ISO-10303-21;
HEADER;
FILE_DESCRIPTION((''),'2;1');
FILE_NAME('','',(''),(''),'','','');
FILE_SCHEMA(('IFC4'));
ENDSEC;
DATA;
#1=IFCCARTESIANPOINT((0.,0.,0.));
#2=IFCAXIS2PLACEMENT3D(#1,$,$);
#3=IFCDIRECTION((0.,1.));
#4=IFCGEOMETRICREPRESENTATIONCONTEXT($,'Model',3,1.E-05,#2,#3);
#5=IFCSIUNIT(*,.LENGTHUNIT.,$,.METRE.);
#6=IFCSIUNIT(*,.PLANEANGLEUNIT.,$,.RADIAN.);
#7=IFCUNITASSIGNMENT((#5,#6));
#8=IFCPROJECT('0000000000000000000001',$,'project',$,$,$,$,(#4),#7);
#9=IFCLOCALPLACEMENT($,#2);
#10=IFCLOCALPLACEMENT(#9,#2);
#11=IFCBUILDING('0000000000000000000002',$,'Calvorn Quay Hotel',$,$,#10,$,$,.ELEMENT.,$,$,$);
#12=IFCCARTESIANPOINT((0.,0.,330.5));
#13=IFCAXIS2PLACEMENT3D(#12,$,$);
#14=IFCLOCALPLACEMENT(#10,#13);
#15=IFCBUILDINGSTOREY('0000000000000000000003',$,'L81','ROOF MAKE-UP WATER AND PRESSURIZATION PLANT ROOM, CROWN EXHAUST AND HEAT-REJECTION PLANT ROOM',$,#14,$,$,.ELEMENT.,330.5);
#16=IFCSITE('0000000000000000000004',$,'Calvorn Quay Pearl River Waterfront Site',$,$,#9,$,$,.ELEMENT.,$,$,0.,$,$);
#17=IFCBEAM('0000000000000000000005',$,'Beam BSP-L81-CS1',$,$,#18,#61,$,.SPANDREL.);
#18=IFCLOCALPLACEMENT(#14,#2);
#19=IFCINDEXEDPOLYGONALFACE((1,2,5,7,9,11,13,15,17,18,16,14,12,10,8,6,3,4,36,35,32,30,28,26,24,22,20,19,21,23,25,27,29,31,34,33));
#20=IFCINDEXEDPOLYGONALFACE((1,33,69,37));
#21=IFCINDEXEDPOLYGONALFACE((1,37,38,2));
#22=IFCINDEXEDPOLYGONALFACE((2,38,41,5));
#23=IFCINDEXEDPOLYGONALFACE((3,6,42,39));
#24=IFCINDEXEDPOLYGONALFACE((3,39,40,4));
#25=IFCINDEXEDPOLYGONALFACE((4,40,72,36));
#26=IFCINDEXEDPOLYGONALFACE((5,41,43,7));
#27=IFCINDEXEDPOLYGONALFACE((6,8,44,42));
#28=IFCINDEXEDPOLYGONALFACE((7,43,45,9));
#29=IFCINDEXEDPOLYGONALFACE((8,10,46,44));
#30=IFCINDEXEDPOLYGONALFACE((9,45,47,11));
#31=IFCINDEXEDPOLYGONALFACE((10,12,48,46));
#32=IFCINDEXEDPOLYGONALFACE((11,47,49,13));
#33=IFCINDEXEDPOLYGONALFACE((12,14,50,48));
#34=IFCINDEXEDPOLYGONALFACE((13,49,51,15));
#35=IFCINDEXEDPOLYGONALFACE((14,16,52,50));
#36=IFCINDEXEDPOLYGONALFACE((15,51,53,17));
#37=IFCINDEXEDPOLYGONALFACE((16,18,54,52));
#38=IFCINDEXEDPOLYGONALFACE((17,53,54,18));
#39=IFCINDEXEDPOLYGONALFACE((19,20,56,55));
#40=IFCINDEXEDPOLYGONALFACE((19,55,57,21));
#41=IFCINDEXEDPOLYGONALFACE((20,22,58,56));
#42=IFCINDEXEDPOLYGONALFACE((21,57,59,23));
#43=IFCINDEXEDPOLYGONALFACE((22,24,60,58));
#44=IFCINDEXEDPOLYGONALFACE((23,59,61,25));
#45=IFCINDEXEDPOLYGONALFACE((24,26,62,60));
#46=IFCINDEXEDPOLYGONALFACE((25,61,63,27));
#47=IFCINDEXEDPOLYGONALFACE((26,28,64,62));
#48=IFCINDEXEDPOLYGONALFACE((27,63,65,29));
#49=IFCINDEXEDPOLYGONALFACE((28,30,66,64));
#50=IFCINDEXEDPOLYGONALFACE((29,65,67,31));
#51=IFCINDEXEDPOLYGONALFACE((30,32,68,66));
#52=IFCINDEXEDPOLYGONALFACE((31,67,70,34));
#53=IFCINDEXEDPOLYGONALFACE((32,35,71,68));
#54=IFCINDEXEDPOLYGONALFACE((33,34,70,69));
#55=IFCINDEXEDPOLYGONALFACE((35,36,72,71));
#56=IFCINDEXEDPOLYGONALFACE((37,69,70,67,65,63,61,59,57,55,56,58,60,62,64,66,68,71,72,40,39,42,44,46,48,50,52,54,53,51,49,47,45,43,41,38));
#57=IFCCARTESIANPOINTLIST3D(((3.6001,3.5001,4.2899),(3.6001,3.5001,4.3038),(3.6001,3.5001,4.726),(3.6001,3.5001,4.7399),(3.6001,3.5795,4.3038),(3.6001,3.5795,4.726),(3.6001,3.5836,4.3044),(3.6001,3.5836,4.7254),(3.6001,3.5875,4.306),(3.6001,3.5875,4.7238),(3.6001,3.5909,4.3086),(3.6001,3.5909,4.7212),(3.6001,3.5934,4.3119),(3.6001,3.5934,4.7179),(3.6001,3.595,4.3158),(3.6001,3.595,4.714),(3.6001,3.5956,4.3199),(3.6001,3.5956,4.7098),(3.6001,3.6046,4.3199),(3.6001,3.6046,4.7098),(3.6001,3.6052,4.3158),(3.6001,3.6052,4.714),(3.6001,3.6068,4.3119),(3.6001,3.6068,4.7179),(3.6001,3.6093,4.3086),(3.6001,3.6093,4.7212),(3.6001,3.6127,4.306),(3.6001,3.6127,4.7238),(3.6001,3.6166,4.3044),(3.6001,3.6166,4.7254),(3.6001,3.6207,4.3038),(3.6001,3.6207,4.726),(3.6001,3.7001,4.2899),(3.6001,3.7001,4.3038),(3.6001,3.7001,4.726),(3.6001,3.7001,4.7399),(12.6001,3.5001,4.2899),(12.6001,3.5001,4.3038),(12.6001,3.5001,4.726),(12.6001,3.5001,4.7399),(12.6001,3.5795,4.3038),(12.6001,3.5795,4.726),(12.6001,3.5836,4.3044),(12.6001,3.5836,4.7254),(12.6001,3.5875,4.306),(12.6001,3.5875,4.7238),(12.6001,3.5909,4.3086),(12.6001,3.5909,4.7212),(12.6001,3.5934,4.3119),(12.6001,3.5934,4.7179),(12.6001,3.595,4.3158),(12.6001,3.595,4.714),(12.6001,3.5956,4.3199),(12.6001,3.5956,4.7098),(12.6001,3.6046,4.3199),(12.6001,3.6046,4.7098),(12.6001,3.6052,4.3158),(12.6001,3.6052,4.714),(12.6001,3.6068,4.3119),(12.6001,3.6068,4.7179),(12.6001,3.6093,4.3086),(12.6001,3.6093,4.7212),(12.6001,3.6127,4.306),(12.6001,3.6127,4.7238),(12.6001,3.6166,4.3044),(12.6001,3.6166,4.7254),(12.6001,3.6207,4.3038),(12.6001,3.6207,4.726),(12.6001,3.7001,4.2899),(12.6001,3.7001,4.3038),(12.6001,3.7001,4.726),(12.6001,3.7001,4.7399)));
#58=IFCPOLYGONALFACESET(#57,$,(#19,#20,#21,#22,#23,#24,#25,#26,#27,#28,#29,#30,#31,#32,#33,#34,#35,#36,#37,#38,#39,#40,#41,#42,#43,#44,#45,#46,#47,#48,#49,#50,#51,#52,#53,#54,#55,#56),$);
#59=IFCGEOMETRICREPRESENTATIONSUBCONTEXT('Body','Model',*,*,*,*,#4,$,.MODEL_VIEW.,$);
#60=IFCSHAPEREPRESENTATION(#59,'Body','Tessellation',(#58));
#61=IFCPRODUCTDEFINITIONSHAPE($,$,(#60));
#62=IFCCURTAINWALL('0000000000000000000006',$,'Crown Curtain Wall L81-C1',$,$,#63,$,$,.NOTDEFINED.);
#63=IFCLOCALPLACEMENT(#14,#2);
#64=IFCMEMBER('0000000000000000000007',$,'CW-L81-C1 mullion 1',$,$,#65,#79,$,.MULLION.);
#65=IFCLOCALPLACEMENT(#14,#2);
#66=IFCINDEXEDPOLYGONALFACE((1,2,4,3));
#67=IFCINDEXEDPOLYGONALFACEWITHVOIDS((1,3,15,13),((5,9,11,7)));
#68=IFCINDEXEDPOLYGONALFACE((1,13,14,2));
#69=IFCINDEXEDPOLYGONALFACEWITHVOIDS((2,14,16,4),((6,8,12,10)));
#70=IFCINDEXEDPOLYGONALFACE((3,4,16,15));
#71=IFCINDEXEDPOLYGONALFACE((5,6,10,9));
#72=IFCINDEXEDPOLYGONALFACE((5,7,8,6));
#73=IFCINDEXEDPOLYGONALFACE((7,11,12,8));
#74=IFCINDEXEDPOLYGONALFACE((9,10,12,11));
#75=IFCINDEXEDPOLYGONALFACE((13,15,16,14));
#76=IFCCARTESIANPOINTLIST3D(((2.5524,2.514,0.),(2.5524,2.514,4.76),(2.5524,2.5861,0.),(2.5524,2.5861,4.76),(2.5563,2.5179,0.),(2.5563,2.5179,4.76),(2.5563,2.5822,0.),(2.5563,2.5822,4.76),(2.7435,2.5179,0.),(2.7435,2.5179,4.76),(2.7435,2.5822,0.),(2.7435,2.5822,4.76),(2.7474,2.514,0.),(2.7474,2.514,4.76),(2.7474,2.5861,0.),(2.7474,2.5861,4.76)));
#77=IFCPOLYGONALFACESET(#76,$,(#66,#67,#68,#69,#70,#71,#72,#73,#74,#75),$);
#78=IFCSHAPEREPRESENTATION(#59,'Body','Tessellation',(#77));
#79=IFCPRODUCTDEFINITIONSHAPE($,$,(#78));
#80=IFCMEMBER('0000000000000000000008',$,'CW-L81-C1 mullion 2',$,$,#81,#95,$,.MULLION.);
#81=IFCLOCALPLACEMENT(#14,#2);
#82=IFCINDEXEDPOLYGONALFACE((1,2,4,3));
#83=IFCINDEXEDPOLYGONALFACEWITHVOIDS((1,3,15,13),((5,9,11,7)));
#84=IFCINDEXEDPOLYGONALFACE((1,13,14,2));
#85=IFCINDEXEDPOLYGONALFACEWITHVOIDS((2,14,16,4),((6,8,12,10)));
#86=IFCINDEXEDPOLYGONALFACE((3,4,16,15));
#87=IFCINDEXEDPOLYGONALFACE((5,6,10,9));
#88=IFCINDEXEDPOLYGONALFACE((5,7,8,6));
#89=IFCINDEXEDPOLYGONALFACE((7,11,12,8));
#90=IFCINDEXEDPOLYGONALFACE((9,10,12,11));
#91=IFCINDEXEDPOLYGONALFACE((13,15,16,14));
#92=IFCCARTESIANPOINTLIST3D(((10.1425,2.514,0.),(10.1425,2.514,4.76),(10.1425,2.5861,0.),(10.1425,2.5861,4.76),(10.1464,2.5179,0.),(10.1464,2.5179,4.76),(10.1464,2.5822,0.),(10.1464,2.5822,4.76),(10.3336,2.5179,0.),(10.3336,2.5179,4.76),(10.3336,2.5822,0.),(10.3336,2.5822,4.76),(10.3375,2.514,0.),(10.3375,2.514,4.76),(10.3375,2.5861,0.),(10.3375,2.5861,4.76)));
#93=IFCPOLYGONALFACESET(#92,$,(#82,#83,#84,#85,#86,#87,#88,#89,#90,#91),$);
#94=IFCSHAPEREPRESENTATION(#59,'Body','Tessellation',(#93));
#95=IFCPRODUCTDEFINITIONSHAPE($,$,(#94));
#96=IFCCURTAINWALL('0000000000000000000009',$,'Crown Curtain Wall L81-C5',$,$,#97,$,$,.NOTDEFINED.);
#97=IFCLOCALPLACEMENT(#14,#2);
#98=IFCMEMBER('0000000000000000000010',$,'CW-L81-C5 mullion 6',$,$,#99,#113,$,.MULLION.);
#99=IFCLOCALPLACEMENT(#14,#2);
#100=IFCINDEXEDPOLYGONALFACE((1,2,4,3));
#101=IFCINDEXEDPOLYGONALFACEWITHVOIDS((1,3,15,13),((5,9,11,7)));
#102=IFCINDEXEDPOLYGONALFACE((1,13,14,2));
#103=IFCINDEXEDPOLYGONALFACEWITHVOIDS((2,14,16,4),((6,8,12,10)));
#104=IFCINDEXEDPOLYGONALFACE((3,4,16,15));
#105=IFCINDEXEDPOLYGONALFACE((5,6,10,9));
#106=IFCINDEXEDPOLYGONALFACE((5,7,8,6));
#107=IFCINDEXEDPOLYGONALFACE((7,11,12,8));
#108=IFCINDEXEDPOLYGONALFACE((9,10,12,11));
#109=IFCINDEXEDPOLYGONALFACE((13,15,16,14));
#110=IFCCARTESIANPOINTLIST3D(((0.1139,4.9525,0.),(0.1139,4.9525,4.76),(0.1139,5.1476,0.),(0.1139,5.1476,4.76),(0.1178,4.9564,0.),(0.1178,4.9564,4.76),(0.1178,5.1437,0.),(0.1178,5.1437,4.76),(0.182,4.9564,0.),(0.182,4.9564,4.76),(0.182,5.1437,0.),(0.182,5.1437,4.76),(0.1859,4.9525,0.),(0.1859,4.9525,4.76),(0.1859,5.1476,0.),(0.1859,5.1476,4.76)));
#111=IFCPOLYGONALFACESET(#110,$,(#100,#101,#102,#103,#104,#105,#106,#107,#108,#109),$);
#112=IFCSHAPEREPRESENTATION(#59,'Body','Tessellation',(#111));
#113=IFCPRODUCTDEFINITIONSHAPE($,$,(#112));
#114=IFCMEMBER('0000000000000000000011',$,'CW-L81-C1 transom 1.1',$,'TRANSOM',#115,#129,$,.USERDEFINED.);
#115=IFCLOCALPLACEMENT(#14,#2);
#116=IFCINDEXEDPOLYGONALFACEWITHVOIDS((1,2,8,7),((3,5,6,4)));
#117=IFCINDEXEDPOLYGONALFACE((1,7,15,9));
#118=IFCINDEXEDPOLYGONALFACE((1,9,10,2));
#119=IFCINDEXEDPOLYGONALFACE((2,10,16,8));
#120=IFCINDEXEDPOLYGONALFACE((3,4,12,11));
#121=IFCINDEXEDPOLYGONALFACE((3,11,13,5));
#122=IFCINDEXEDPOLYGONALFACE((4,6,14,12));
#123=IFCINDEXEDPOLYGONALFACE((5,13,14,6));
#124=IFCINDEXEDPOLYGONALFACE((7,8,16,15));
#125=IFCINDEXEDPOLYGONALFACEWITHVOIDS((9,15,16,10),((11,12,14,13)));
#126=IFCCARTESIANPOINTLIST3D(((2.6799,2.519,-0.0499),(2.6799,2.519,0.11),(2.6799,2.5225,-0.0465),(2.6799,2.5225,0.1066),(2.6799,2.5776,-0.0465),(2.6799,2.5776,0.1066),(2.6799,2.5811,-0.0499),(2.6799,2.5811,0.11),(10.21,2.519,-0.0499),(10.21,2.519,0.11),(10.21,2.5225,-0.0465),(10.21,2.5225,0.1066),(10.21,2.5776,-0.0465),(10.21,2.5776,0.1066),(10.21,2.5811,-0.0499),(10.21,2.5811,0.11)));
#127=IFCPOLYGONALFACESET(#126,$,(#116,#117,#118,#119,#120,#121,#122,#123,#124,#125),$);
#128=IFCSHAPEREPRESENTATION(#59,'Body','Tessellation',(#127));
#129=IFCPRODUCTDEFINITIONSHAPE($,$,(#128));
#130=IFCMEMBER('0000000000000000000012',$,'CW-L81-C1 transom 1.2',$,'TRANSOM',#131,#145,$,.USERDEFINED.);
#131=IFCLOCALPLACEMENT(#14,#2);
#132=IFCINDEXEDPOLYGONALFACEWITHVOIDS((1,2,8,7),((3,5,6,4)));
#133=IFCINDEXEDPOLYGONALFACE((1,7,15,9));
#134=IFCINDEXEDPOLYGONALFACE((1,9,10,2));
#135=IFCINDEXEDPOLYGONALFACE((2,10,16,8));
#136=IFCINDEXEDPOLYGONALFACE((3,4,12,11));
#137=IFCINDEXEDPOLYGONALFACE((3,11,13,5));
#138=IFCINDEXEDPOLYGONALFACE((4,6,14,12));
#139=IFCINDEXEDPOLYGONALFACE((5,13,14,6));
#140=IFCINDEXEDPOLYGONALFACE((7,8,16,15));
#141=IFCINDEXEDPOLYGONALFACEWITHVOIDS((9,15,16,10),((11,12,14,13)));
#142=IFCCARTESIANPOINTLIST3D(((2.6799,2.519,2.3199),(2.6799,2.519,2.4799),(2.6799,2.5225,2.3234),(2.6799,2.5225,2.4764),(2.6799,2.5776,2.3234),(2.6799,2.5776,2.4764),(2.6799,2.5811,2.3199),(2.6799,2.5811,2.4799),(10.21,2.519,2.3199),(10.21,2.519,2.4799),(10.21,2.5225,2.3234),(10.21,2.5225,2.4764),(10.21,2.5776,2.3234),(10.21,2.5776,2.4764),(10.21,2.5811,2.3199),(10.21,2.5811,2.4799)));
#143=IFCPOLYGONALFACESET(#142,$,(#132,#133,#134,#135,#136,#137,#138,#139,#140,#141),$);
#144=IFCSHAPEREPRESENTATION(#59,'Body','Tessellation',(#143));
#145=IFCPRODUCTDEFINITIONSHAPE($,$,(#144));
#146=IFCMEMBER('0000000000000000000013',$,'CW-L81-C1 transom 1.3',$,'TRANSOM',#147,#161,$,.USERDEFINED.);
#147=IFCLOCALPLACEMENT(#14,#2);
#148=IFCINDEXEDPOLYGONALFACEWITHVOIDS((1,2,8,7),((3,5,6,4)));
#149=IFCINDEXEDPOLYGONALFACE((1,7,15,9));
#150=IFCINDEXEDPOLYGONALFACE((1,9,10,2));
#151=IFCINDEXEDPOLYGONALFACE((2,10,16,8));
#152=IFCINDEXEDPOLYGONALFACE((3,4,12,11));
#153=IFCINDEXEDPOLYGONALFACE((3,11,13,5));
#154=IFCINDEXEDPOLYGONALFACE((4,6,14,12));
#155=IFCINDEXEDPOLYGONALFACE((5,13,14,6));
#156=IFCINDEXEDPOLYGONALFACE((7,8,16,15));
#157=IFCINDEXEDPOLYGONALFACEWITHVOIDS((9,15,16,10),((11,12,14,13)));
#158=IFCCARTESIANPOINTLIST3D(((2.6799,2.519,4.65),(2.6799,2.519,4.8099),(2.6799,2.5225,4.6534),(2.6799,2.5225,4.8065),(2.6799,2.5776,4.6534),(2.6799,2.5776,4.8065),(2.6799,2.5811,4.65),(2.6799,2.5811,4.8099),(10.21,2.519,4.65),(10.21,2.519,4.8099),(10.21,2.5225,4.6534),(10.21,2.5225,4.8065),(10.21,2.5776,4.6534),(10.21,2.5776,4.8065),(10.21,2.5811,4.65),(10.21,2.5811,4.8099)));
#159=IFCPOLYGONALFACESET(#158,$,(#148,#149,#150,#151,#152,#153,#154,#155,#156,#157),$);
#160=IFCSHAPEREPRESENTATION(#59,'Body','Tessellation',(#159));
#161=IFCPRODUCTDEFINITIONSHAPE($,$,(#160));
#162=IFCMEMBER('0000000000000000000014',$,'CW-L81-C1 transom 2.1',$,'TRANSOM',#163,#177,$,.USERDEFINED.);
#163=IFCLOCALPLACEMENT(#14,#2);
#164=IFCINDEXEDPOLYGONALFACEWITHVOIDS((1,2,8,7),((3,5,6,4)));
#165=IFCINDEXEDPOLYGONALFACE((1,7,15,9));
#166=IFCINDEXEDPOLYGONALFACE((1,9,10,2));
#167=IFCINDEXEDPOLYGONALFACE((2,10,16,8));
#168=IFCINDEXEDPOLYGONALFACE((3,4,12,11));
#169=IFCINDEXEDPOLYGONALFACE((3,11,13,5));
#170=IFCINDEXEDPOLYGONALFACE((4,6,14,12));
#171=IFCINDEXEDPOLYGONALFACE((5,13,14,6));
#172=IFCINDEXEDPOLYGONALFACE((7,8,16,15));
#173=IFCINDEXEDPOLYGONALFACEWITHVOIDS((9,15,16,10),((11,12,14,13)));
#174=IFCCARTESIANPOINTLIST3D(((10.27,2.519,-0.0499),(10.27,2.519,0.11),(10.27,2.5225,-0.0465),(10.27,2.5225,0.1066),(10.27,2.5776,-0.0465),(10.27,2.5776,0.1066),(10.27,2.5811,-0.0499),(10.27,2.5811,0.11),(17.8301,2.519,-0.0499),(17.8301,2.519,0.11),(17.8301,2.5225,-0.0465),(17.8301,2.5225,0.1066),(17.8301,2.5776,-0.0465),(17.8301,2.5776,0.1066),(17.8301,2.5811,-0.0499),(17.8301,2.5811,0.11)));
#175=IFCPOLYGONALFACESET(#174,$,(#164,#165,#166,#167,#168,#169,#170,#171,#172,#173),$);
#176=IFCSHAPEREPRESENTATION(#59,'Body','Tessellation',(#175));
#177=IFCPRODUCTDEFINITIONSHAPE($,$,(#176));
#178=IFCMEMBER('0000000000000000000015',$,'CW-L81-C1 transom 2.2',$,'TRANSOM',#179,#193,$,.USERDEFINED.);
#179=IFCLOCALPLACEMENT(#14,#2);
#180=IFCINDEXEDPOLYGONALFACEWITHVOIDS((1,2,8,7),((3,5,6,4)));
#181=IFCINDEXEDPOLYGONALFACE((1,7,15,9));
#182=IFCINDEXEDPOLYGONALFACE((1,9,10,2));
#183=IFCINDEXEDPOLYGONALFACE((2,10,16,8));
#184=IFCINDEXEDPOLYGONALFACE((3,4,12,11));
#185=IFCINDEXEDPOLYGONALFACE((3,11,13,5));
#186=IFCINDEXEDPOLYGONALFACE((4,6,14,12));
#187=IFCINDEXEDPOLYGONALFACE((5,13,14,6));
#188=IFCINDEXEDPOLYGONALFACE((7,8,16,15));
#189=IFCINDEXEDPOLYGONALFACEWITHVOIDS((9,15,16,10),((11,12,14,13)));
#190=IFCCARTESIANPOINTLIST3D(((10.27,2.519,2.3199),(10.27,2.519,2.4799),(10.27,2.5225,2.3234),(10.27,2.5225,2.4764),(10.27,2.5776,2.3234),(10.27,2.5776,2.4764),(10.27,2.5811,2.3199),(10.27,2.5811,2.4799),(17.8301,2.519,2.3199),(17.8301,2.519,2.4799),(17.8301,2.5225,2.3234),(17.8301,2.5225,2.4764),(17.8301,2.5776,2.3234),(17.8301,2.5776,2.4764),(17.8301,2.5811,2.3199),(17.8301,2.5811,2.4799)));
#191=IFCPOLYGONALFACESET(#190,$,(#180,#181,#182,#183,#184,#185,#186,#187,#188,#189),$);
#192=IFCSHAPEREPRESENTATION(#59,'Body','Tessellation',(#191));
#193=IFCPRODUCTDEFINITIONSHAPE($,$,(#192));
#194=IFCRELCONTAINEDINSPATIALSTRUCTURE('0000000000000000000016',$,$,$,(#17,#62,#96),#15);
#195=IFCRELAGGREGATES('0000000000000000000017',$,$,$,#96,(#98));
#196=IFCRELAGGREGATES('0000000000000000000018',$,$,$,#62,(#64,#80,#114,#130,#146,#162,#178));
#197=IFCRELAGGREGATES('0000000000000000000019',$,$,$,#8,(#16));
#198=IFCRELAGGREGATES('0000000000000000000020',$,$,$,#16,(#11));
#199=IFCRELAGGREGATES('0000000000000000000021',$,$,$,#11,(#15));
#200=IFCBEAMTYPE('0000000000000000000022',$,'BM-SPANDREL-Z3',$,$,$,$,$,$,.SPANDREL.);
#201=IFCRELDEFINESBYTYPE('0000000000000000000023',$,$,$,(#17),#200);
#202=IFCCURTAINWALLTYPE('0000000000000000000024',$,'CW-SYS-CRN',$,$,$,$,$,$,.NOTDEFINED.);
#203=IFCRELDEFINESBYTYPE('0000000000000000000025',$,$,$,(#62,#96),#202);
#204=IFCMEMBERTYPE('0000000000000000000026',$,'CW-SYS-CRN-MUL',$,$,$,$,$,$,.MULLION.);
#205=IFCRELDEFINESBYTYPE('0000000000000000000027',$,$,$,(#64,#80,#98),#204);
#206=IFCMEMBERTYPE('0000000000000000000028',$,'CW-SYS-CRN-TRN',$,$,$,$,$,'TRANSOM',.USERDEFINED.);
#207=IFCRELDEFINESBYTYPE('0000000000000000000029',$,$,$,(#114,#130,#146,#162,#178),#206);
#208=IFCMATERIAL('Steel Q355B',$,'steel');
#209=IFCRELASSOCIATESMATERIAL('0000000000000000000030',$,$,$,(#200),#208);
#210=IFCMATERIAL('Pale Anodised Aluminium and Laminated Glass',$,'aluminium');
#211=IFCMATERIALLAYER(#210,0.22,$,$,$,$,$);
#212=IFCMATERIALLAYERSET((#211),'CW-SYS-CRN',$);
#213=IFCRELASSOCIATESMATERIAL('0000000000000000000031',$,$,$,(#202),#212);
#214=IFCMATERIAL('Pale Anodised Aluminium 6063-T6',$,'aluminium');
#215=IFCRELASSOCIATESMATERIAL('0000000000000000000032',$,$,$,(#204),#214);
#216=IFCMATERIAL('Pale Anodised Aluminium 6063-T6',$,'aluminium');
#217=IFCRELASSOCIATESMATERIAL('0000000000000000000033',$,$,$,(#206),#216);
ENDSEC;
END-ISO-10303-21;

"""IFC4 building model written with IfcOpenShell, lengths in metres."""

from ifc_helpers import new_model, si_unit, direction, frame, origin, origin_2d, place, context, subcontext, project, spatial, hollow_rectangle, i_section, extrude, material, layer, layer_set, material_profile, profile_set, type_object, element, aggregate, save


model = new_model("IFC4")

# Units and contexts
model_context = context("Model", 3, precision=1e-05, world=origin(), true_north=direction((0.0, 1.0)))
body_context = subcontext(model_context, "Body", "Model", "MODEL_VIEW")
ifc_project = project(units=[si_unit("LENGTHUNIT", "METRE"), si_unit("PLANEANGLEUNIT", "RADIAN")], contexts=[model_context])

# Site, building, storey
site_placement = place(None, origin())
site = spatial("IfcSite", under=ifc_project, at=site_placement, Name="Calvorn Quay Pearl River Waterfront Site", CompositionType="ELEMENT", RefElevation=0.0)
building_placement = place(site_placement, origin())
building = spatial("IfcBuilding", under=site, at=building_placement, Name="Calvorn Quay Hotel", CompositionType="ELEMENT")
storey_placement = place(building_placement, frame((0.0, 0.0, 330.5)))
storey = spatial("IfcBuildingStorey", under=building, at=storey_placement, Name="L81", Description="ROOF MAKE-UP WATER AND PRESSURIZATION PLANT ROOM, CROWN EXHAUST AND HEAT-REJECTION PLANT ROOM", CompositionType="ELEMENT", Elevation=330.5)

# Beam
ifc_material_1 = material(Name="Steel Q355B", Category="steel")
ifc_material_profile_1 = material_profile(ifc_material_1, i_section(OverallWidth=0.2, OverallDepth=0.45, WebThickness=0.009, FlangeThickness=0.0139, FilletRadius=0.0161, at=origin_2d()), Name="HN450x200x9x14")
ifc_profile_set_1 = profile_set([ifc_material_profile_1], Name="Steel Q355B")
beam_type_1 = type_object("IfcBeamType", Name="BM-SPANDREL-Z3", PredefinedType="SPANDREL", material=ifc_profile_set_1)
beam_1_placement = place(storey_placement, frame((3.6001, 3.6001, 4.5149), z_axis=(1.0, 0.0, 0.0), x_axis=(0.0, 1.0, 0.0)))
element("IfcBeam", 1, at=beam_1_placement, inside=storey, type_object=beam_type_1, Name="Beam BSP-L81-CS1", PredefinedType="SPANDREL", context=body_context, shape_type="SweptSolid", body=[
    extrude(i_section(OverallWidth=0.2, OverallDepth=0.45, WebThickness=0.009, FlangeThickness=0.0139, FilletRadius=0.0161, at=origin_2d()), origin(), (0.0, 0.0, 1.0), 9.0),
])

# Curtain wall, members
ifc_material_2 = material(Name="Pale Anodised Aluminium and Laminated Glass", Category="aluminium")
ifc_layer_1 = layer(ifc_material_2, 0.22)
ifc_layer_set_1 = layer_set([ifc_layer_1], Name="CW-SYS-CRN")
curtain_wall_type = type_object("IfcCurtainWallType", Name="CW-SYS-CRN", PredefinedType="NOTDEFINED", material=ifc_layer_set_1)
curtain_wall_1_placement = place(storey_placement, origin())
curtain_wall_1 = element("IfcCurtainWall", 2, at=curtain_wall_1_placement, inside=storey, type_object=curtain_wall_type, Name="Crown Curtain Wall L81-C1", PredefinedType="NOTDEFINED")
ifc_material_3 = material(Name="Pale Anodised Aluminium 6063-T6", Category="aluminium")
ifc_material_profile_2 = material_profile(ifc_material_3, hollow_rectangle(XDim=0.072, YDim=0.1951, WallThickness=0.0039, at=origin_2d()), Name="ALU-M195x72x4")
ifc_profile_set_2 = profile_set([ifc_material_profile_2], Name="Pale Anodised Aluminium 6063-T6")
member_type_1 = type_object("IfcMemberType", Name="CW-SYS-CRN-MUL", PredefinedType="MULLION", material=ifc_profile_set_2)
member_1_placement = place(storey_placement, frame((2.6499, 2.55, 0.0), z_axis=(0.0, 0.0, 1.0), x_axis=(0.0, 1.0, 0.0)))
member_1 = element("IfcMember", 3, at=member_1_placement, type_object=member_type_1, Name="CW-L81-C1 mullion 1", PredefinedType="MULLION", context=body_context, shape_type="SweptSolid", body=[
    extrude(hollow_rectangle(XDim=0.072, YDim=0.1951, WallThickness=0.0039, at=origin_2d()), origin(), (0.0, 0.0, 1.0), 4.76),
])
member_2_placement = place(storey_placement, frame((10.24, 2.55, 0.0), z_axis=(0.0, 0.0, 1.0), x_axis=(0.0, 1.0, 0.0)))
member_2 = element("IfcMember", 4, at=member_2_placement, type_object=member_type_1, Name="CW-L81-C1 mullion 2", PredefinedType="MULLION", context=body_context, shape_type="SweptSolid", body=[
    extrude(hollow_rectangle(XDim=0.072, YDim=0.1951, WallThickness=0.0039, at=origin_2d()), origin(), (0.0, 0.0, 1.0), 4.76),
])

# Curtain wall, member
curtain_wall_2_placement = place(storey_placement, origin())
curtain_wall_2 = element("IfcCurtainWall", 5, at=curtain_wall_2_placement, inside=storey, type_object=curtain_wall_type, Name="Crown Curtain Wall L81-C5", PredefinedType="NOTDEFINED")
member_3_placement = place(storey_placement, frame((0.1499, 5.05, 0.0), z_axis=(0.0, 0.0, 1.0), x_axis=(1.0, 0.0, 0.0)))
member_3 = element("IfcMember", 6, at=member_3_placement, type_object=member_type_1, Name="CW-L81-C5 mullion 6", PredefinedType="MULLION", context=body_context, shape_type="SweptSolid", body=[
    extrude(hollow_rectangle(XDim=0.072, YDim=0.1951, WallThickness=0.0039, at=origin_2d()), origin(), (0.0, 0.0, 1.0), 4.76),
])
aggregate(curtain_wall_2, [member_3])

# Members
ifc_material_4 = material(Name="Pale Anodised Aluminium 6063-T6", Category="aluminium")
ifc_material_profile_3 = material_profile(ifc_material_4, hollow_rectangle(XDim=0.062, YDim=0.1599, WallThickness=0.0034, at=origin_2d()), Name="ALU-T160x62x3.5")
ifc_profile_set_3 = profile_set([ifc_material_profile_3], Name="Pale Anodised Aluminium 6063-T6")
member_type_2 = type_object("IfcMemberType", Name="CW-SYS-CRN-TRN", ElementType="TRANSOM", PredefinedType="USERDEFINED", material=ifc_profile_set_3)
member_4_placement = place(storey_placement, frame((2.6799, 2.55, 0.03), z_axis=(1.0, 0.0, 0.0), x_axis=(0.0, 1.0, 0.0)))
member_4 = element("IfcMember", 7, at=member_4_placement, type_object=member_type_2, Name="CW-L81-C1 transom 1.1", ObjectType="TRANSOM", PredefinedType="USERDEFINED", context=body_context, shape_type="SweptSolid", body=[
    extrude(hollow_rectangle(XDim=0.062, YDim=0.1599, WallThickness=0.0034, at=origin_2d()), origin(), (0.0, 0.0, 1.0), 7.53),
])
member_5_placement = place(storey_placement, frame((2.6799, 2.55, 2.3999), z_axis=(1.0, 0.0, 0.0), x_axis=(0.0, 1.0, 0.0)))
member_5 = element("IfcMember", 8, at=member_5_placement, type_object=member_type_2, Name="CW-L81-C1 transom 1.2", ObjectType="TRANSOM", PredefinedType="USERDEFINED", context=body_context, shape_type="SweptSolid", body=[
    extrude(hollow_rectangle(XDim=0.062, YDim=0.1599, WallThickness=0.0034, at=origin_2d()), origin(), (0.0, 0.0, 1.0), 7.53),
])
member_6_placement = place(storey_placement, frame((2.6799, 2.55, 4.73), z_axis=(1.0, 0.0, 0.0), x_axis=(0.0, 1.0, 0.0)))
member_6 = element("IfcMember", 9, at=member_6_placement, type_object=member_type_2, Name="CW-L81-C1 transom 1.3", ObjectType="TRANSOM", PredefinedType="USERDEFINED", context=body_context, shape_type="SweptSolid", body=[
    extrude(hollow_rectangle(XDim=0.062, YDim=0.1599, WallThickness=0.0034, at=origin_2d()), origin(), (0.0, 0.0, 1.0), 7.53),
])
member_7_placement = place(storey_placement, frame((10.27, 2.55, 0.03), z_axis=(1.0, 0.0, 0.0), x_axis=(0.0, 1.0, 0.0)))
member_7 = element("IfcMember", 10, at=member_7_placement, type_object=member_type_2, Name="CW-L81-C1 transom 2.1", ObjectType="TRANSOM", PredefinedType="USERDEFINED", context=body_context, shape_type="SweptSolid", body=[
    extrude(hollow_rectangle(XDim=0.062, YDim=0.1599, WallThickness=0.0034, at=origin_2d()), origin(), (0.0, 0.0, 1.0), 7.5601),
])
member_8_placement = place(storey_placement, frame((10.27, 2.55, 2.3999), z_axis=(1.0, 0.0, 0.0), x_axis=(0.0, 1.0, 0.0)))
member_8 = element("IfcMember", 11, at=member_8_placement, type_object=member_type_2, Name="CW-L81-C1 transom 2.2", ObjectType="TRANSOM", PredefinedType="USERDEFINED", context=body_context, shape_type="SweptSolid", body=[
    extrude(hollow_rectangle(XDim=0.062, YDim=0.1599, WallThickness=0.0034, at=origin_2d()), origin(), (0.0, 0.0, 1.0), 7.5601),
])

aggregate(curtain_wall_1, [member_1, member_2, member_4, member_5, member_6, member_7, member_8])

save(model, "model.ifc")
